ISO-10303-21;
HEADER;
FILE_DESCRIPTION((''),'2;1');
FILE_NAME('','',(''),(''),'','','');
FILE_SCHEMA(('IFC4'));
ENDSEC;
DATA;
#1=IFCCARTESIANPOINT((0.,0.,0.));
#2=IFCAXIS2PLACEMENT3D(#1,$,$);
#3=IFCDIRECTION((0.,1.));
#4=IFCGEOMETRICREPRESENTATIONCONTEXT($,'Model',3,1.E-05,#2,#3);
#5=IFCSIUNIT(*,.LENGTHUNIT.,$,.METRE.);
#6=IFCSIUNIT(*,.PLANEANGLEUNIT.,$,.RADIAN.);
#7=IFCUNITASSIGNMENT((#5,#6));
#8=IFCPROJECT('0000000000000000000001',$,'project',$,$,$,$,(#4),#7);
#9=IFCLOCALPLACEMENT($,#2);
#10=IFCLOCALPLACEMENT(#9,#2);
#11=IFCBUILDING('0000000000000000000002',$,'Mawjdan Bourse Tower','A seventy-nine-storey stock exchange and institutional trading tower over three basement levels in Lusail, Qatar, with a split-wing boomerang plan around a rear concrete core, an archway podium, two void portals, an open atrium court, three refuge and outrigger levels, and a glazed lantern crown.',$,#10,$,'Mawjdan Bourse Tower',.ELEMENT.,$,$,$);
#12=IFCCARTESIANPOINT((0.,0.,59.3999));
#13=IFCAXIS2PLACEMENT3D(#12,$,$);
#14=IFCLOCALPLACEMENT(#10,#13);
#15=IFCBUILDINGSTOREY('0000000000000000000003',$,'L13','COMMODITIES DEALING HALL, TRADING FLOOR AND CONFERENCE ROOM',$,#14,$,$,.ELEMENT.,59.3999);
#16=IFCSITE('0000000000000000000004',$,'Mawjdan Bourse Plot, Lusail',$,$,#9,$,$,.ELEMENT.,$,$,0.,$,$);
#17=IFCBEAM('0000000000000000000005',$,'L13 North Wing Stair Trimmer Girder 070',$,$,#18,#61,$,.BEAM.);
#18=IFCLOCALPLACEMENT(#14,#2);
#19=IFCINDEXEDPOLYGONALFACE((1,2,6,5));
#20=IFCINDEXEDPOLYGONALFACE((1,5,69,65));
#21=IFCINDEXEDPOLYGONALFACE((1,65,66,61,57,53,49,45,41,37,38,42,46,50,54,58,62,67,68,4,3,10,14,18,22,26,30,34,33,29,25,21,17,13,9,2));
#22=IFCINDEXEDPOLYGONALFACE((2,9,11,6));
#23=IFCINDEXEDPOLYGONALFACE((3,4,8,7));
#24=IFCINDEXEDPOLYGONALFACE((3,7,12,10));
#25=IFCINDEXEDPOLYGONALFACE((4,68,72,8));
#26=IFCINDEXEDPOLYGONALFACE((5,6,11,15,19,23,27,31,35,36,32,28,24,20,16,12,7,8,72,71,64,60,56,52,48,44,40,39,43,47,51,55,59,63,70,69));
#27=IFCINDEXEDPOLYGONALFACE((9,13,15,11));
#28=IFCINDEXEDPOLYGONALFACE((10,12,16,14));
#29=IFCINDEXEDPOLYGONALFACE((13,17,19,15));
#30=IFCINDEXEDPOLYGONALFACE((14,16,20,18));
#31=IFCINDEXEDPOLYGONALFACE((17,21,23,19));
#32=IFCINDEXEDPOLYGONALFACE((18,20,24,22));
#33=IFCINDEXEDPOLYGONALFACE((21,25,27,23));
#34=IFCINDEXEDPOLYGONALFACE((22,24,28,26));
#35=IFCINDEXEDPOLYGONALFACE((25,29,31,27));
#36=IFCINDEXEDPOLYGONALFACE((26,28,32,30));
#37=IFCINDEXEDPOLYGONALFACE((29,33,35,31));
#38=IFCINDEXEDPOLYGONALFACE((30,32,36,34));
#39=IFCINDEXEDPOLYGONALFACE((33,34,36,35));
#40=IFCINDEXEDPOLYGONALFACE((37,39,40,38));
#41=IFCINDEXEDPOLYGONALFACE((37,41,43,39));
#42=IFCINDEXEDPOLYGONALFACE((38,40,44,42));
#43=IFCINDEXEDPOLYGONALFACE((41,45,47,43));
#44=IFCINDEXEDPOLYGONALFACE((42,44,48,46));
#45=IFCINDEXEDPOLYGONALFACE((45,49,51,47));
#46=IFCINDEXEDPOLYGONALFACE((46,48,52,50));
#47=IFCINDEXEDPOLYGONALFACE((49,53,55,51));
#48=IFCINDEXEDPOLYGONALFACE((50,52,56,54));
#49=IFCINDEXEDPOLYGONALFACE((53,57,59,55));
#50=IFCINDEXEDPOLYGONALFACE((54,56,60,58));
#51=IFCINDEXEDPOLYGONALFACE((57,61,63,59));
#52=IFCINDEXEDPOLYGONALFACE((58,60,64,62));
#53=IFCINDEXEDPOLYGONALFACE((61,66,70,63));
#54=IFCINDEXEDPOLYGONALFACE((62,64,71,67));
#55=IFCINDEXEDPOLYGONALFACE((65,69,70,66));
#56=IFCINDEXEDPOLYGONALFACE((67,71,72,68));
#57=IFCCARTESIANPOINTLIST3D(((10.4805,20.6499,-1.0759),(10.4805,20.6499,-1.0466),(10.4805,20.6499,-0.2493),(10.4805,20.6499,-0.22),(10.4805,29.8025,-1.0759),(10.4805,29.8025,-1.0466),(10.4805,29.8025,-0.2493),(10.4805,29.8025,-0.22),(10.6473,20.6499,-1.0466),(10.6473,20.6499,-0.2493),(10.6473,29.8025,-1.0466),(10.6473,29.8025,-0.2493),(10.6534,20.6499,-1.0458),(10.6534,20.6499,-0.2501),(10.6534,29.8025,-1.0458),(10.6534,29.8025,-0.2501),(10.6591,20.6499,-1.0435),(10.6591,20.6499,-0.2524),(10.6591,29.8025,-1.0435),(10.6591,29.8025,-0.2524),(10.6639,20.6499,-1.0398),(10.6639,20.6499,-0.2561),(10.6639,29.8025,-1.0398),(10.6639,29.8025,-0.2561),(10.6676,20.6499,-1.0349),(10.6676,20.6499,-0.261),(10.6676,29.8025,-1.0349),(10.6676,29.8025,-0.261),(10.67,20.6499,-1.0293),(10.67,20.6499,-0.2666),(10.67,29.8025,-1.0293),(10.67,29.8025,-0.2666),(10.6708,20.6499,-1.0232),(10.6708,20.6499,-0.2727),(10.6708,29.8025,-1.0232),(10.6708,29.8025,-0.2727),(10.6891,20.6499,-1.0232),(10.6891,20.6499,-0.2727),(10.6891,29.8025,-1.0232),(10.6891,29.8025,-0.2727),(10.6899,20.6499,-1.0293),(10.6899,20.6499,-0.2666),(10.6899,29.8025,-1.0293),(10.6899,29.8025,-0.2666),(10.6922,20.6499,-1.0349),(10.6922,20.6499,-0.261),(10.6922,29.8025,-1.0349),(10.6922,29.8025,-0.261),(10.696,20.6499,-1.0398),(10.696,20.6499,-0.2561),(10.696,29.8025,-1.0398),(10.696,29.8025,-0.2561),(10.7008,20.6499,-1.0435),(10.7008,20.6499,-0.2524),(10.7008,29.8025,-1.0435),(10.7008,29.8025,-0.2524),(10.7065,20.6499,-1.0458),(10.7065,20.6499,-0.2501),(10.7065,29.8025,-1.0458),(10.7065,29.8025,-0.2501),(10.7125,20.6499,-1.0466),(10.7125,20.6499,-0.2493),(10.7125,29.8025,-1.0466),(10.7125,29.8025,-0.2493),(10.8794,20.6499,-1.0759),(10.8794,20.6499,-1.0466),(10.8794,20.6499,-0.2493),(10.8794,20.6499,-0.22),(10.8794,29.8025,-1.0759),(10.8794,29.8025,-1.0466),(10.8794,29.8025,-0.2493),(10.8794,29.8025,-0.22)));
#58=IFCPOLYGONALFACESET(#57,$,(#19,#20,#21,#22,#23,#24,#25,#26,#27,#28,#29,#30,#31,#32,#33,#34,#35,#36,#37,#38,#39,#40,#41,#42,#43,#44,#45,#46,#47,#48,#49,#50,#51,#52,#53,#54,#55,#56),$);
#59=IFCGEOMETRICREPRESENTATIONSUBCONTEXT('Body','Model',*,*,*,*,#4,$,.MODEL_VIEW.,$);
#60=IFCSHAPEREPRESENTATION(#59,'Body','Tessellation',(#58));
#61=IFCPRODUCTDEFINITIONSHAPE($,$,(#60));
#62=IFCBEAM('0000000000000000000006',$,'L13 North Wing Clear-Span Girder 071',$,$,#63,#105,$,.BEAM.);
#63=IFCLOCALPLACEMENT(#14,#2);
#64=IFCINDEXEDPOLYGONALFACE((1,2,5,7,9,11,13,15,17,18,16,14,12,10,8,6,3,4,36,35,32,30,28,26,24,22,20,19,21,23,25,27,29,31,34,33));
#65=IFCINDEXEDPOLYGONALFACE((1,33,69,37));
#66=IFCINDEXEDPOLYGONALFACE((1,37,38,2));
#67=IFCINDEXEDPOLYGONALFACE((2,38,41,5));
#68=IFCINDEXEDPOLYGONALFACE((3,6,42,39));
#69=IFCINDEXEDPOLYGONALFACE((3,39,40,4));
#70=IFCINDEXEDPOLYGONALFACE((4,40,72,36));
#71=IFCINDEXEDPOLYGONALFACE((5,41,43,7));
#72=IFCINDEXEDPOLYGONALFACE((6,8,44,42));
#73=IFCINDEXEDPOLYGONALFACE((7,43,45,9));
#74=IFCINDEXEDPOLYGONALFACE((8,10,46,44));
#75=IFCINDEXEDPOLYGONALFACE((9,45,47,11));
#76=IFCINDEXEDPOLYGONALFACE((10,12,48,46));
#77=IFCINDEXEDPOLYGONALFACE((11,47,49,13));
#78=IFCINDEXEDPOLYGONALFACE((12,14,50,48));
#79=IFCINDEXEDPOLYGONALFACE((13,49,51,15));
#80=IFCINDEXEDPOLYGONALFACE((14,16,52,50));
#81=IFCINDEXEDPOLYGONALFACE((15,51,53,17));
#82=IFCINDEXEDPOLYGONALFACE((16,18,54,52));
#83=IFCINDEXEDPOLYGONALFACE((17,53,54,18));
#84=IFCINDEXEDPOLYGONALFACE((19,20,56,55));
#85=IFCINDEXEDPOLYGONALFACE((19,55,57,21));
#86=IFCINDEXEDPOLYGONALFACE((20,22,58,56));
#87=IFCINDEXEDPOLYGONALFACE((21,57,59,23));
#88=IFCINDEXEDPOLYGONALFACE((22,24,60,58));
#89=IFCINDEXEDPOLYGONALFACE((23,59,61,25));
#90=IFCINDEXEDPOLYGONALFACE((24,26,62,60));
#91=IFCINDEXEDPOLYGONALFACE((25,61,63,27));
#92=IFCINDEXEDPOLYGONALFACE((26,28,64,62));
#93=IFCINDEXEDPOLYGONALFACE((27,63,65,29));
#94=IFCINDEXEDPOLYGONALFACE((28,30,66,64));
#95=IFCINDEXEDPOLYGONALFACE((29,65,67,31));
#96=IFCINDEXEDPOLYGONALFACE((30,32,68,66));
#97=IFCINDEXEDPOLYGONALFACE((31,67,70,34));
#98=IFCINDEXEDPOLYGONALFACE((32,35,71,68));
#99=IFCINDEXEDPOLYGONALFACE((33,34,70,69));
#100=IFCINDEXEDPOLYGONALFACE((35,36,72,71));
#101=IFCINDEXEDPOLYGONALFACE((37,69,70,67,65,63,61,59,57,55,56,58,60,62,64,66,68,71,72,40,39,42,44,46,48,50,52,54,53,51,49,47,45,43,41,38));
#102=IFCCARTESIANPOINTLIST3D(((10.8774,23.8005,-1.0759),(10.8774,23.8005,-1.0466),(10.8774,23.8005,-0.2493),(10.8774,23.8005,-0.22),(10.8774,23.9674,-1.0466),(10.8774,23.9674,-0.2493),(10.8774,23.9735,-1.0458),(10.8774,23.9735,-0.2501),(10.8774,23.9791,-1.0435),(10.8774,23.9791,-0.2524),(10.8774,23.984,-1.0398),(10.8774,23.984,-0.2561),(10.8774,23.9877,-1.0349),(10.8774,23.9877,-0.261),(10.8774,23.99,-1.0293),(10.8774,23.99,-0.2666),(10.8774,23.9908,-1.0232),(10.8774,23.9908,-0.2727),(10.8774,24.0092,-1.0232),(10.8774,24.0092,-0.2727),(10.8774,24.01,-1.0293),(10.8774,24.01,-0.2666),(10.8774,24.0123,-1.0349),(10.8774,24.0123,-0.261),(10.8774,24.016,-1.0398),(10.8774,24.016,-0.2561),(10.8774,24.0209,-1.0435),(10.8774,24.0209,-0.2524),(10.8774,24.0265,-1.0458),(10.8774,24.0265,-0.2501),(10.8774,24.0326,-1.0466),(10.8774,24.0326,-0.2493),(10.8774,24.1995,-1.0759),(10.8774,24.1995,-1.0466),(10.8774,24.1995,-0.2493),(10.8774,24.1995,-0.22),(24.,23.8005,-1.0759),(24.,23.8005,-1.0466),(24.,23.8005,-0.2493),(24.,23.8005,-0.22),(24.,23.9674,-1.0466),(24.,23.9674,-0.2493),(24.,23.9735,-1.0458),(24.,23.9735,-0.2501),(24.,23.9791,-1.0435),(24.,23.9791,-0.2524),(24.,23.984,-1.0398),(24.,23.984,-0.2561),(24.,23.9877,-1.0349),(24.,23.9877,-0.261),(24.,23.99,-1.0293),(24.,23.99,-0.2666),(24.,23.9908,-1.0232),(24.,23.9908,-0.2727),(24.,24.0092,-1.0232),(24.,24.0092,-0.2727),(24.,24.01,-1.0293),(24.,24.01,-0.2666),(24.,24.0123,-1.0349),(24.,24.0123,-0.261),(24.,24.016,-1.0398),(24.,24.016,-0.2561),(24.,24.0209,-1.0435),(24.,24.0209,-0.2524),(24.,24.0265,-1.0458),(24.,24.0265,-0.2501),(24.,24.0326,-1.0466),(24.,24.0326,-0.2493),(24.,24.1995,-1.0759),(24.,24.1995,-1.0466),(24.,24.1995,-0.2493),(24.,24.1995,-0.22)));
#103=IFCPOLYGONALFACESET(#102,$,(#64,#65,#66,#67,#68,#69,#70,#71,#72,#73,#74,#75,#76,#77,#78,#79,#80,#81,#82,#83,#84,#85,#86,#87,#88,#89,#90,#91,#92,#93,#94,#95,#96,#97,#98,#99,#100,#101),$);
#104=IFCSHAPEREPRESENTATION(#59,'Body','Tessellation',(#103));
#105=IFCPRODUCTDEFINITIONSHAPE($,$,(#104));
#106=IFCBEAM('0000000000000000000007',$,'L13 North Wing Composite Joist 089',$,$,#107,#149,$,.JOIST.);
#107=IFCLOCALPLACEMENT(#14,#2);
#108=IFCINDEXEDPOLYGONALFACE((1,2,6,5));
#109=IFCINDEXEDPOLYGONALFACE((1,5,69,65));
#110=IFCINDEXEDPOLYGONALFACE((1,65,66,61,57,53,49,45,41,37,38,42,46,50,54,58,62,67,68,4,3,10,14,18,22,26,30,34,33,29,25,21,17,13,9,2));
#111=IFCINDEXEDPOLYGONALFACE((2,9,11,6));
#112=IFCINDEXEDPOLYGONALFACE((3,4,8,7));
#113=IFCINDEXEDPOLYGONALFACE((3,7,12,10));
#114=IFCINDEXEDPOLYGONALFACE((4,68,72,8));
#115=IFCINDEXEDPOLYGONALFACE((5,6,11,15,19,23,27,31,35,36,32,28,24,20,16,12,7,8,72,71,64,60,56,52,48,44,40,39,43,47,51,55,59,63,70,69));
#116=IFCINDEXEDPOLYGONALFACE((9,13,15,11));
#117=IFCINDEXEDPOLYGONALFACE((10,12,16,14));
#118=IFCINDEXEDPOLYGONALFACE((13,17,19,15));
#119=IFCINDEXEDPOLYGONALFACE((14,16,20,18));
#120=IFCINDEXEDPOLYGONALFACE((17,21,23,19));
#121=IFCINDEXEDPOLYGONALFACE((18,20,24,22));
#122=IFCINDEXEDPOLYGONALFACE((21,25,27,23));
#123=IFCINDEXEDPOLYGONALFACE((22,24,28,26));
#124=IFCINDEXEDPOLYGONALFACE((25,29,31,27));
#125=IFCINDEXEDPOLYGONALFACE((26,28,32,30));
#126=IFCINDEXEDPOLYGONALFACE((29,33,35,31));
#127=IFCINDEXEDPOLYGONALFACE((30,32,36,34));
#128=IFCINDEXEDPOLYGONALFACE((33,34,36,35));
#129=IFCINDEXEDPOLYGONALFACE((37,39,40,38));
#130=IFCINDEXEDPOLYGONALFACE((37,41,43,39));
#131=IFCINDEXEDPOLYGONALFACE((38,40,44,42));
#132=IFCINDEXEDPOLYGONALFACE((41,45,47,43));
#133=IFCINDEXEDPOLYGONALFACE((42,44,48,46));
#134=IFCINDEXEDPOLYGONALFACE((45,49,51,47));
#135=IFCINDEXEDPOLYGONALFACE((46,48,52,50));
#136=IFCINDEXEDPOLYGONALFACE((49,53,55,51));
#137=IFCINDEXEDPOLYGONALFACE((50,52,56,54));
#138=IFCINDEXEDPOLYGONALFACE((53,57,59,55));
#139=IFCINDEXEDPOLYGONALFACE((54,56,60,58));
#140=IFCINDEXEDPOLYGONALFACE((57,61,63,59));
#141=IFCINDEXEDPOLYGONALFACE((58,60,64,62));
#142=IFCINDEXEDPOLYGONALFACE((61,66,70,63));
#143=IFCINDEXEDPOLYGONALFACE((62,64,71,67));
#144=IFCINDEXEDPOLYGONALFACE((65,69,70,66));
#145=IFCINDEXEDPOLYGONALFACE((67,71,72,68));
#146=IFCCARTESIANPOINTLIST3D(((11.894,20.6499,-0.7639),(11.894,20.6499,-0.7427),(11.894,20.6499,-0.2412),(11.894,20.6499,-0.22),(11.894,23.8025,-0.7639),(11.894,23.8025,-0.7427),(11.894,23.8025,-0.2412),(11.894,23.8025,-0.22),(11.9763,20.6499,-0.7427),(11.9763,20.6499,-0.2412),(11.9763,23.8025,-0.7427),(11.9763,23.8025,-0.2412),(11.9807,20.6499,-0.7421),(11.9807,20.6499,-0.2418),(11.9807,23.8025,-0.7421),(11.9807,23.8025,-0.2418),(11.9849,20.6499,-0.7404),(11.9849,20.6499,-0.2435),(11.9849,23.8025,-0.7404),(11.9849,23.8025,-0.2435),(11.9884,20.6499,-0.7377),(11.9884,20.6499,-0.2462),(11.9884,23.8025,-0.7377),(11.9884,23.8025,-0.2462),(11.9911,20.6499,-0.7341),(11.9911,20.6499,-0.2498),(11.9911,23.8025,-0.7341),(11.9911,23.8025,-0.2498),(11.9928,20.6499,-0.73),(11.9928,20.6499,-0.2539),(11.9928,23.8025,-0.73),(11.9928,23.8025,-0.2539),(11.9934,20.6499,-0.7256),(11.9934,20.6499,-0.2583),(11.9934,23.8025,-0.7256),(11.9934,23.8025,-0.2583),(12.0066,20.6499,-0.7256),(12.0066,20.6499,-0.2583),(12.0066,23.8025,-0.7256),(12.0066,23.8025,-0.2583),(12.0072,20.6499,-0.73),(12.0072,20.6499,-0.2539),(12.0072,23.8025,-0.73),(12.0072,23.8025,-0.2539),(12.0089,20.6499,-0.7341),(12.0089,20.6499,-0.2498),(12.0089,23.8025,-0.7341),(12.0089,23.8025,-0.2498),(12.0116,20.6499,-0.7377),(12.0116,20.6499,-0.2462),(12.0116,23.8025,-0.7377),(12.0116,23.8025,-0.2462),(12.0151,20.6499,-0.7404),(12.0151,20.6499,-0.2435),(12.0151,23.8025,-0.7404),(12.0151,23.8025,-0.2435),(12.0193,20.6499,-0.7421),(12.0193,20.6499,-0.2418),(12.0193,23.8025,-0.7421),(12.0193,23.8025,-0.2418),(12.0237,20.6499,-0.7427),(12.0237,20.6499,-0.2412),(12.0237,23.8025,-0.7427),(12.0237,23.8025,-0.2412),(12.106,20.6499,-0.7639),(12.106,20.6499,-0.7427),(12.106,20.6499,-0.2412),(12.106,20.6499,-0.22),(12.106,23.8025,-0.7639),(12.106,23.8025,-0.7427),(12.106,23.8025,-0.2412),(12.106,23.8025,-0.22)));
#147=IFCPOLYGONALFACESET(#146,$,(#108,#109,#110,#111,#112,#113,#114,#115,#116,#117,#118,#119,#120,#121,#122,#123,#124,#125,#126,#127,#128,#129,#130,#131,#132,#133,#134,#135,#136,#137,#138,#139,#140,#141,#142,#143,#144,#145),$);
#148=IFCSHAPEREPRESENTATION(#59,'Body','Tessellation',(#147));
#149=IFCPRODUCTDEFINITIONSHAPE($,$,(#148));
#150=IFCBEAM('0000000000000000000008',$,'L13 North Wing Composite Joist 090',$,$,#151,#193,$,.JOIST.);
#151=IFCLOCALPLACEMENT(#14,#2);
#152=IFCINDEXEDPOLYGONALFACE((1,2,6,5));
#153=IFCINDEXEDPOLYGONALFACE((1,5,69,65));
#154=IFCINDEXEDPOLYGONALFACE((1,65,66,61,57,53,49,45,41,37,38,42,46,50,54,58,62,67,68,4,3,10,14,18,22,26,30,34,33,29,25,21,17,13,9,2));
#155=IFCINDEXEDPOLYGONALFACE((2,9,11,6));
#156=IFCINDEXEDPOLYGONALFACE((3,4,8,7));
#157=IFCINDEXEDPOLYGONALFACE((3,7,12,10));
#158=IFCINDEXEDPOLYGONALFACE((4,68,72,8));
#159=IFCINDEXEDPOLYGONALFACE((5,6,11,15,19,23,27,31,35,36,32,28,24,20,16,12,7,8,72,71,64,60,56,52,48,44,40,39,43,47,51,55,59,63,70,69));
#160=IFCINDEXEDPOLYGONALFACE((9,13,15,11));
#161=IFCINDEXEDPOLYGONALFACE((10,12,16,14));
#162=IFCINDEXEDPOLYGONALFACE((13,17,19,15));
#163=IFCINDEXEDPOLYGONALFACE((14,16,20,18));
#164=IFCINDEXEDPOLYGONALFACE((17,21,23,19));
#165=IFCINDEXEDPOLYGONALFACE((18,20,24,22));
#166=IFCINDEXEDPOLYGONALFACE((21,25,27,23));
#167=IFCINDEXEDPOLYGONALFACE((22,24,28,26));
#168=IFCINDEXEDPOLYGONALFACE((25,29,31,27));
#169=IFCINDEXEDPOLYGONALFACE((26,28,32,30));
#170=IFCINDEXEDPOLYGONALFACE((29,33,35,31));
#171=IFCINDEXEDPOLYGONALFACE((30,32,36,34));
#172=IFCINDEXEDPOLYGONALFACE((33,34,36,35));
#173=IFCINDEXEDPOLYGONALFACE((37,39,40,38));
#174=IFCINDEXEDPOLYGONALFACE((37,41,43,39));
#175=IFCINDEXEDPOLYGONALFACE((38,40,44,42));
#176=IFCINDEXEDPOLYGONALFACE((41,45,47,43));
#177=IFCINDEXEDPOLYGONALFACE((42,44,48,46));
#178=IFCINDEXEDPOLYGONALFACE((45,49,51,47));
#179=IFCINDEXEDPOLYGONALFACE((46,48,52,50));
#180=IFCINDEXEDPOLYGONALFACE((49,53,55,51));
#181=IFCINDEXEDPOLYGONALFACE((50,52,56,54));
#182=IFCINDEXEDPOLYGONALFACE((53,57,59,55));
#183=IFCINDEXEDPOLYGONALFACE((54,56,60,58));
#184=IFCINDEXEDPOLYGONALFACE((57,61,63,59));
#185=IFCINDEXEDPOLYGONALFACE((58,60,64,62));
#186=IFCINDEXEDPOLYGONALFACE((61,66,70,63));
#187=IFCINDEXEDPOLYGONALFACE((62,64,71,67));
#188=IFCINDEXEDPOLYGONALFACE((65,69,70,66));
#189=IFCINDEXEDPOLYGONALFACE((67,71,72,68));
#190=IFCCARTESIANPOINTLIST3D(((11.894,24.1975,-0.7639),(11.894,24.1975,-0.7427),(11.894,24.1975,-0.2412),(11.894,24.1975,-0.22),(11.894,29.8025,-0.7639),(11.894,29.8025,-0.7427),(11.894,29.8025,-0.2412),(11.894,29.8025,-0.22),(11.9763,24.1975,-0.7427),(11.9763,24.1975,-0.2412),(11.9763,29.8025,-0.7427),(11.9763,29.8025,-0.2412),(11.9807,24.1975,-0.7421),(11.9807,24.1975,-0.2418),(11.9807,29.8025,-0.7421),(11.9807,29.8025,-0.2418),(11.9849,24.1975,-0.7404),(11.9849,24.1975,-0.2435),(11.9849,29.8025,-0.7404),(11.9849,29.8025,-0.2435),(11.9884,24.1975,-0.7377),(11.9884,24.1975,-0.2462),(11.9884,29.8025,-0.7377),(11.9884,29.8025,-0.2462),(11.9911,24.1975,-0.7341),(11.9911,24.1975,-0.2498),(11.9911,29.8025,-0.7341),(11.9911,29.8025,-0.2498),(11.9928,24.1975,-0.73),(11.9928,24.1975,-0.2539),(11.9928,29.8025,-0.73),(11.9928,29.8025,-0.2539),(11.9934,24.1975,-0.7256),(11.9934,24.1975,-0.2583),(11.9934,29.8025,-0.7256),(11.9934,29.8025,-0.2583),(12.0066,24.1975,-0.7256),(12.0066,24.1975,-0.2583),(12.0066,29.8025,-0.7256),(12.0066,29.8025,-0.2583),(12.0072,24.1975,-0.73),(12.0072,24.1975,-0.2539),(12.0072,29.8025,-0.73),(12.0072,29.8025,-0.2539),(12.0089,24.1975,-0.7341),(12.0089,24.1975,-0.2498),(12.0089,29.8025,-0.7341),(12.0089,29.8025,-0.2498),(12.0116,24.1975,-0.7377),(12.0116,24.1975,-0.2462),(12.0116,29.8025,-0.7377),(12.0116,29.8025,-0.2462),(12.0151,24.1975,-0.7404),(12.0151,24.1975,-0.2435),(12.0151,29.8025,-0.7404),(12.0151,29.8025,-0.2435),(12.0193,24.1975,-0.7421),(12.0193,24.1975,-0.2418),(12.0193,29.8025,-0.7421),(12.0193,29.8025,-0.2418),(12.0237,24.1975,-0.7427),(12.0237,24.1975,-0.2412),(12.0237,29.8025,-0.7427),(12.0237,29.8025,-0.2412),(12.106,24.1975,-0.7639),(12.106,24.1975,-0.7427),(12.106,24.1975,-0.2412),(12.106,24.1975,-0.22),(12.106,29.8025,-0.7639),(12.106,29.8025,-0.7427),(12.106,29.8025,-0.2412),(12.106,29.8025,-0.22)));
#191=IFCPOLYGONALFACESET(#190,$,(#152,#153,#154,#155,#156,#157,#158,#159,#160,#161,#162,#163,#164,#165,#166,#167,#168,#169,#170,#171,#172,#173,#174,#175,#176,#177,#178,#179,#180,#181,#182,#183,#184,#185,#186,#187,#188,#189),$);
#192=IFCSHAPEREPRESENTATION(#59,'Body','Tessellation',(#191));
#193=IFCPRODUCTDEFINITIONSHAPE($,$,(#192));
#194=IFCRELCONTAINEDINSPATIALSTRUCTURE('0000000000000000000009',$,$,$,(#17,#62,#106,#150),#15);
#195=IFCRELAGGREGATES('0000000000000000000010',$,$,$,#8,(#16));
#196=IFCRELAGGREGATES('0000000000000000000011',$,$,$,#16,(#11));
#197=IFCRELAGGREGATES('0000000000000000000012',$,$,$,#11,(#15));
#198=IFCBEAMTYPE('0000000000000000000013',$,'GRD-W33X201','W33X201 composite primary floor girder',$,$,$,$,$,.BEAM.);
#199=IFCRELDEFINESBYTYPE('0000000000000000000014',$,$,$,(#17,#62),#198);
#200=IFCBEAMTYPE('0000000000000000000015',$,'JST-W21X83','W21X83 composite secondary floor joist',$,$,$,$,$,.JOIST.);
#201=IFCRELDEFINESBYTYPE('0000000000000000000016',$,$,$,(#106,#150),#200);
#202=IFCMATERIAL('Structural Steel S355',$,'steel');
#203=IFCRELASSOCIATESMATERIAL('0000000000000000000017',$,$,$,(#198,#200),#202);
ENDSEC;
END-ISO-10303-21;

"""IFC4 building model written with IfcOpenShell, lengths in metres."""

from ifc_helpers import new_model, si_unit, direction, frame, origin, origin_2d, place, context, subcontext, project, spatial, i_section, extrude, material, material_profile, profile_set, type_object, element, save


model = new_model("IFC4")

# Units and contexts
model_context = context("Model", 3, precision=1e-05, world=origin(), true_north=direction((0.0, 1.0)))
body_context = subcontext(model_context, "Body", "Model", "MODEL_VIEW")
ifc_project = project(units=[si_unit("LENGTHUNIT", "METRE"), si_unit("PLANEANGLEUNIT", "RADIAN")], contexts=[model_context])

# Site, building, storey
site_placement = place(None, origin())
site = spatial("IfcSite", under=ifc_project, at=site_placement, Name="Mawjdan Bourse Plot, Lusail", CompositionType="ELEMENT", RefElevation=0.0)
building_placement = place(site_placement, origin())
building = spatial("IfcBuilding", under=site, at=building_placement, Name="Mawjdan Bourse Tower", Description="A seventy-nine-storey stock exchange and institutional trading tower over three basement levels in Lusail, Qatar, with a split-wing boomerang plan around a rear concrete core, an archway podium, two void portals, an open atrium court, three refuge and outrigger levels, and a glazed lantern crown.", LongName="Mawjdan Bourse Tower", CompositionType="ELEMENT")
storey_placement = place(building_placement, frame((0.0, 0.0, 59.3999)))
storey = spatial("IfcBuildingStorey", under=building, at=storey_placement, Name="L13", Description="COMMODITIES DEALING HALL, TRADING FLOOR AND CONFERENCE ROOM", CompositionType="ELEMENT", Elevation=59.3999)

# Beams
ifc_material_1 = material(Name="Structural Steel S355", Category="steel")
ifc_material_profile_1 = material_profile(ifc_material_1, i_section(OverallWidth=0.3989, OverallDepth=0.856, WebThickness=0.0183, FlangeThickness=0.0293, FilletRadius=0.0234, at=origin_2d()), Name="W33X201")
ifc_profile_set_1 = profile_set([ifc_material_profile_1], Name="Structural Steel S355")
beam_type_1 = type_object("IfcBeamType", Name="GRD-W33X201", Description="W33X201 composite primary floor girder", PredefinedType="BEAM", material=ifc_profile_set_1)
beam_1_placement = place(storey_placement, frame((10.6799, 20.6499, -0.6479), z_axis=(0.0, 1.0, 0.0), x_axis=(-1.0, 0.0, 0.0)))
element("IfcBeam", 1, at=beam_1_placement, inside=storey, type_object=beam_type_1, Name="L13 North Wing Stair Trimmer Girder 070", PredefinedType="BEAM", context=body_context, shape_type="SweptSolid", body=[
    extrude(i_section(OverallWidth=0.3989, OverallDepth=0.856, WebThickness=0.0183, FlangeThickness=0.0293, FilletRadius=0.0234, at=origin_2d()), origin(), (0.0, 0.0, 1.0), 9.1526),
])
beam_2_placement = place(storey_placement, frame((10.8774, 24.0, -0.6479), z_axis=(1.0, 0.0, 0.0), x_axis=(0.0, 1.0, 0.0)))
element("IfcBeam", 2, at=beam_2_placement, inside=storey, type_object=beam_type_1, Name="L13 North Wing Clear-Span Girder 071", PredefinedType="BEAM", context=body_context, shape_type="SweptSolid", body=[
    extrude(i_section(OverallWidth=0.3989, OverallDepth=0.856, WebThickness=0.0183, FlangeThickness=0.0293, FilletRadius=0.0234, at=origin_2d()), origin(), (0.0, 0.0, 1.0), 13.1226),
])
ifc_material_profile_2 = material_profile(ifc_material_1, i_section(OverallWidth=0.2119, OverallDepth=0.5439, WebThickness=0.0132, FlangeThickness=0.0212, FilletRadius=0.0171, at=origin_2d()), Name="W21X83")
ifc_profile_set_2 = profile_set([ifc_material_profile_2], Name="Structural Steel S355")
beam_type_2 = type_object("IfcBeamType", Name="JST-W21X83", Description="W21X83 composite secondary floor joist", PredefinedType="JOIST", material=ifc_profile_set_2)
beam_3_placement = place(storey_placement, frame((12.0, 20.6499, -0.4919), z_axis=(0.0, 1.0, 0.0), x_axis=(-1.0, 0.0, 0.0)))
element("IfcBeam", 3, at=beam_3_placement, inside=storey, type_object=beam_type_2, Name="L13 North Wing Composite Joist 089", PredefinedType="JOIST", context=body_context, shape_type="SweptSolid", body=[
    extrude(i_section(OverallWidth=0.2119, OverallDepth=0.5439, WebThickness=0.0132, FlangeThickness=0.0212, FilletRadius=0.0171, at=origin_2d()), origin(), (0.0, 0.0, 1.0), 3.1526),
])
beam_4_placement = place(storey_placement, frame((12.0, 24.1975, -0.4919), z_axis=(0.0, 1.0, 0.0), x_axis=(-1.0, 0.0, 0.0)))
element("IfcBeam", 4, at=beam_4_placement, inside=storey, type_object=beam_type_2, Name="L13 North Wing Composite Joist 090", PredefinedType="JOIST", context=body_context, shape_type="SweptSolid", body=[
    extrude(i_section(OverallWidth=0.2119, OverallDepth=0.5439, WebThickness=0.0132, FlangeThickness=0.0212, FilletRadius=0.0171, at=origin_2d()), origin(), (0.0, 0.0, 1.0), 5.605),
])

save(model, "model.ifc")
